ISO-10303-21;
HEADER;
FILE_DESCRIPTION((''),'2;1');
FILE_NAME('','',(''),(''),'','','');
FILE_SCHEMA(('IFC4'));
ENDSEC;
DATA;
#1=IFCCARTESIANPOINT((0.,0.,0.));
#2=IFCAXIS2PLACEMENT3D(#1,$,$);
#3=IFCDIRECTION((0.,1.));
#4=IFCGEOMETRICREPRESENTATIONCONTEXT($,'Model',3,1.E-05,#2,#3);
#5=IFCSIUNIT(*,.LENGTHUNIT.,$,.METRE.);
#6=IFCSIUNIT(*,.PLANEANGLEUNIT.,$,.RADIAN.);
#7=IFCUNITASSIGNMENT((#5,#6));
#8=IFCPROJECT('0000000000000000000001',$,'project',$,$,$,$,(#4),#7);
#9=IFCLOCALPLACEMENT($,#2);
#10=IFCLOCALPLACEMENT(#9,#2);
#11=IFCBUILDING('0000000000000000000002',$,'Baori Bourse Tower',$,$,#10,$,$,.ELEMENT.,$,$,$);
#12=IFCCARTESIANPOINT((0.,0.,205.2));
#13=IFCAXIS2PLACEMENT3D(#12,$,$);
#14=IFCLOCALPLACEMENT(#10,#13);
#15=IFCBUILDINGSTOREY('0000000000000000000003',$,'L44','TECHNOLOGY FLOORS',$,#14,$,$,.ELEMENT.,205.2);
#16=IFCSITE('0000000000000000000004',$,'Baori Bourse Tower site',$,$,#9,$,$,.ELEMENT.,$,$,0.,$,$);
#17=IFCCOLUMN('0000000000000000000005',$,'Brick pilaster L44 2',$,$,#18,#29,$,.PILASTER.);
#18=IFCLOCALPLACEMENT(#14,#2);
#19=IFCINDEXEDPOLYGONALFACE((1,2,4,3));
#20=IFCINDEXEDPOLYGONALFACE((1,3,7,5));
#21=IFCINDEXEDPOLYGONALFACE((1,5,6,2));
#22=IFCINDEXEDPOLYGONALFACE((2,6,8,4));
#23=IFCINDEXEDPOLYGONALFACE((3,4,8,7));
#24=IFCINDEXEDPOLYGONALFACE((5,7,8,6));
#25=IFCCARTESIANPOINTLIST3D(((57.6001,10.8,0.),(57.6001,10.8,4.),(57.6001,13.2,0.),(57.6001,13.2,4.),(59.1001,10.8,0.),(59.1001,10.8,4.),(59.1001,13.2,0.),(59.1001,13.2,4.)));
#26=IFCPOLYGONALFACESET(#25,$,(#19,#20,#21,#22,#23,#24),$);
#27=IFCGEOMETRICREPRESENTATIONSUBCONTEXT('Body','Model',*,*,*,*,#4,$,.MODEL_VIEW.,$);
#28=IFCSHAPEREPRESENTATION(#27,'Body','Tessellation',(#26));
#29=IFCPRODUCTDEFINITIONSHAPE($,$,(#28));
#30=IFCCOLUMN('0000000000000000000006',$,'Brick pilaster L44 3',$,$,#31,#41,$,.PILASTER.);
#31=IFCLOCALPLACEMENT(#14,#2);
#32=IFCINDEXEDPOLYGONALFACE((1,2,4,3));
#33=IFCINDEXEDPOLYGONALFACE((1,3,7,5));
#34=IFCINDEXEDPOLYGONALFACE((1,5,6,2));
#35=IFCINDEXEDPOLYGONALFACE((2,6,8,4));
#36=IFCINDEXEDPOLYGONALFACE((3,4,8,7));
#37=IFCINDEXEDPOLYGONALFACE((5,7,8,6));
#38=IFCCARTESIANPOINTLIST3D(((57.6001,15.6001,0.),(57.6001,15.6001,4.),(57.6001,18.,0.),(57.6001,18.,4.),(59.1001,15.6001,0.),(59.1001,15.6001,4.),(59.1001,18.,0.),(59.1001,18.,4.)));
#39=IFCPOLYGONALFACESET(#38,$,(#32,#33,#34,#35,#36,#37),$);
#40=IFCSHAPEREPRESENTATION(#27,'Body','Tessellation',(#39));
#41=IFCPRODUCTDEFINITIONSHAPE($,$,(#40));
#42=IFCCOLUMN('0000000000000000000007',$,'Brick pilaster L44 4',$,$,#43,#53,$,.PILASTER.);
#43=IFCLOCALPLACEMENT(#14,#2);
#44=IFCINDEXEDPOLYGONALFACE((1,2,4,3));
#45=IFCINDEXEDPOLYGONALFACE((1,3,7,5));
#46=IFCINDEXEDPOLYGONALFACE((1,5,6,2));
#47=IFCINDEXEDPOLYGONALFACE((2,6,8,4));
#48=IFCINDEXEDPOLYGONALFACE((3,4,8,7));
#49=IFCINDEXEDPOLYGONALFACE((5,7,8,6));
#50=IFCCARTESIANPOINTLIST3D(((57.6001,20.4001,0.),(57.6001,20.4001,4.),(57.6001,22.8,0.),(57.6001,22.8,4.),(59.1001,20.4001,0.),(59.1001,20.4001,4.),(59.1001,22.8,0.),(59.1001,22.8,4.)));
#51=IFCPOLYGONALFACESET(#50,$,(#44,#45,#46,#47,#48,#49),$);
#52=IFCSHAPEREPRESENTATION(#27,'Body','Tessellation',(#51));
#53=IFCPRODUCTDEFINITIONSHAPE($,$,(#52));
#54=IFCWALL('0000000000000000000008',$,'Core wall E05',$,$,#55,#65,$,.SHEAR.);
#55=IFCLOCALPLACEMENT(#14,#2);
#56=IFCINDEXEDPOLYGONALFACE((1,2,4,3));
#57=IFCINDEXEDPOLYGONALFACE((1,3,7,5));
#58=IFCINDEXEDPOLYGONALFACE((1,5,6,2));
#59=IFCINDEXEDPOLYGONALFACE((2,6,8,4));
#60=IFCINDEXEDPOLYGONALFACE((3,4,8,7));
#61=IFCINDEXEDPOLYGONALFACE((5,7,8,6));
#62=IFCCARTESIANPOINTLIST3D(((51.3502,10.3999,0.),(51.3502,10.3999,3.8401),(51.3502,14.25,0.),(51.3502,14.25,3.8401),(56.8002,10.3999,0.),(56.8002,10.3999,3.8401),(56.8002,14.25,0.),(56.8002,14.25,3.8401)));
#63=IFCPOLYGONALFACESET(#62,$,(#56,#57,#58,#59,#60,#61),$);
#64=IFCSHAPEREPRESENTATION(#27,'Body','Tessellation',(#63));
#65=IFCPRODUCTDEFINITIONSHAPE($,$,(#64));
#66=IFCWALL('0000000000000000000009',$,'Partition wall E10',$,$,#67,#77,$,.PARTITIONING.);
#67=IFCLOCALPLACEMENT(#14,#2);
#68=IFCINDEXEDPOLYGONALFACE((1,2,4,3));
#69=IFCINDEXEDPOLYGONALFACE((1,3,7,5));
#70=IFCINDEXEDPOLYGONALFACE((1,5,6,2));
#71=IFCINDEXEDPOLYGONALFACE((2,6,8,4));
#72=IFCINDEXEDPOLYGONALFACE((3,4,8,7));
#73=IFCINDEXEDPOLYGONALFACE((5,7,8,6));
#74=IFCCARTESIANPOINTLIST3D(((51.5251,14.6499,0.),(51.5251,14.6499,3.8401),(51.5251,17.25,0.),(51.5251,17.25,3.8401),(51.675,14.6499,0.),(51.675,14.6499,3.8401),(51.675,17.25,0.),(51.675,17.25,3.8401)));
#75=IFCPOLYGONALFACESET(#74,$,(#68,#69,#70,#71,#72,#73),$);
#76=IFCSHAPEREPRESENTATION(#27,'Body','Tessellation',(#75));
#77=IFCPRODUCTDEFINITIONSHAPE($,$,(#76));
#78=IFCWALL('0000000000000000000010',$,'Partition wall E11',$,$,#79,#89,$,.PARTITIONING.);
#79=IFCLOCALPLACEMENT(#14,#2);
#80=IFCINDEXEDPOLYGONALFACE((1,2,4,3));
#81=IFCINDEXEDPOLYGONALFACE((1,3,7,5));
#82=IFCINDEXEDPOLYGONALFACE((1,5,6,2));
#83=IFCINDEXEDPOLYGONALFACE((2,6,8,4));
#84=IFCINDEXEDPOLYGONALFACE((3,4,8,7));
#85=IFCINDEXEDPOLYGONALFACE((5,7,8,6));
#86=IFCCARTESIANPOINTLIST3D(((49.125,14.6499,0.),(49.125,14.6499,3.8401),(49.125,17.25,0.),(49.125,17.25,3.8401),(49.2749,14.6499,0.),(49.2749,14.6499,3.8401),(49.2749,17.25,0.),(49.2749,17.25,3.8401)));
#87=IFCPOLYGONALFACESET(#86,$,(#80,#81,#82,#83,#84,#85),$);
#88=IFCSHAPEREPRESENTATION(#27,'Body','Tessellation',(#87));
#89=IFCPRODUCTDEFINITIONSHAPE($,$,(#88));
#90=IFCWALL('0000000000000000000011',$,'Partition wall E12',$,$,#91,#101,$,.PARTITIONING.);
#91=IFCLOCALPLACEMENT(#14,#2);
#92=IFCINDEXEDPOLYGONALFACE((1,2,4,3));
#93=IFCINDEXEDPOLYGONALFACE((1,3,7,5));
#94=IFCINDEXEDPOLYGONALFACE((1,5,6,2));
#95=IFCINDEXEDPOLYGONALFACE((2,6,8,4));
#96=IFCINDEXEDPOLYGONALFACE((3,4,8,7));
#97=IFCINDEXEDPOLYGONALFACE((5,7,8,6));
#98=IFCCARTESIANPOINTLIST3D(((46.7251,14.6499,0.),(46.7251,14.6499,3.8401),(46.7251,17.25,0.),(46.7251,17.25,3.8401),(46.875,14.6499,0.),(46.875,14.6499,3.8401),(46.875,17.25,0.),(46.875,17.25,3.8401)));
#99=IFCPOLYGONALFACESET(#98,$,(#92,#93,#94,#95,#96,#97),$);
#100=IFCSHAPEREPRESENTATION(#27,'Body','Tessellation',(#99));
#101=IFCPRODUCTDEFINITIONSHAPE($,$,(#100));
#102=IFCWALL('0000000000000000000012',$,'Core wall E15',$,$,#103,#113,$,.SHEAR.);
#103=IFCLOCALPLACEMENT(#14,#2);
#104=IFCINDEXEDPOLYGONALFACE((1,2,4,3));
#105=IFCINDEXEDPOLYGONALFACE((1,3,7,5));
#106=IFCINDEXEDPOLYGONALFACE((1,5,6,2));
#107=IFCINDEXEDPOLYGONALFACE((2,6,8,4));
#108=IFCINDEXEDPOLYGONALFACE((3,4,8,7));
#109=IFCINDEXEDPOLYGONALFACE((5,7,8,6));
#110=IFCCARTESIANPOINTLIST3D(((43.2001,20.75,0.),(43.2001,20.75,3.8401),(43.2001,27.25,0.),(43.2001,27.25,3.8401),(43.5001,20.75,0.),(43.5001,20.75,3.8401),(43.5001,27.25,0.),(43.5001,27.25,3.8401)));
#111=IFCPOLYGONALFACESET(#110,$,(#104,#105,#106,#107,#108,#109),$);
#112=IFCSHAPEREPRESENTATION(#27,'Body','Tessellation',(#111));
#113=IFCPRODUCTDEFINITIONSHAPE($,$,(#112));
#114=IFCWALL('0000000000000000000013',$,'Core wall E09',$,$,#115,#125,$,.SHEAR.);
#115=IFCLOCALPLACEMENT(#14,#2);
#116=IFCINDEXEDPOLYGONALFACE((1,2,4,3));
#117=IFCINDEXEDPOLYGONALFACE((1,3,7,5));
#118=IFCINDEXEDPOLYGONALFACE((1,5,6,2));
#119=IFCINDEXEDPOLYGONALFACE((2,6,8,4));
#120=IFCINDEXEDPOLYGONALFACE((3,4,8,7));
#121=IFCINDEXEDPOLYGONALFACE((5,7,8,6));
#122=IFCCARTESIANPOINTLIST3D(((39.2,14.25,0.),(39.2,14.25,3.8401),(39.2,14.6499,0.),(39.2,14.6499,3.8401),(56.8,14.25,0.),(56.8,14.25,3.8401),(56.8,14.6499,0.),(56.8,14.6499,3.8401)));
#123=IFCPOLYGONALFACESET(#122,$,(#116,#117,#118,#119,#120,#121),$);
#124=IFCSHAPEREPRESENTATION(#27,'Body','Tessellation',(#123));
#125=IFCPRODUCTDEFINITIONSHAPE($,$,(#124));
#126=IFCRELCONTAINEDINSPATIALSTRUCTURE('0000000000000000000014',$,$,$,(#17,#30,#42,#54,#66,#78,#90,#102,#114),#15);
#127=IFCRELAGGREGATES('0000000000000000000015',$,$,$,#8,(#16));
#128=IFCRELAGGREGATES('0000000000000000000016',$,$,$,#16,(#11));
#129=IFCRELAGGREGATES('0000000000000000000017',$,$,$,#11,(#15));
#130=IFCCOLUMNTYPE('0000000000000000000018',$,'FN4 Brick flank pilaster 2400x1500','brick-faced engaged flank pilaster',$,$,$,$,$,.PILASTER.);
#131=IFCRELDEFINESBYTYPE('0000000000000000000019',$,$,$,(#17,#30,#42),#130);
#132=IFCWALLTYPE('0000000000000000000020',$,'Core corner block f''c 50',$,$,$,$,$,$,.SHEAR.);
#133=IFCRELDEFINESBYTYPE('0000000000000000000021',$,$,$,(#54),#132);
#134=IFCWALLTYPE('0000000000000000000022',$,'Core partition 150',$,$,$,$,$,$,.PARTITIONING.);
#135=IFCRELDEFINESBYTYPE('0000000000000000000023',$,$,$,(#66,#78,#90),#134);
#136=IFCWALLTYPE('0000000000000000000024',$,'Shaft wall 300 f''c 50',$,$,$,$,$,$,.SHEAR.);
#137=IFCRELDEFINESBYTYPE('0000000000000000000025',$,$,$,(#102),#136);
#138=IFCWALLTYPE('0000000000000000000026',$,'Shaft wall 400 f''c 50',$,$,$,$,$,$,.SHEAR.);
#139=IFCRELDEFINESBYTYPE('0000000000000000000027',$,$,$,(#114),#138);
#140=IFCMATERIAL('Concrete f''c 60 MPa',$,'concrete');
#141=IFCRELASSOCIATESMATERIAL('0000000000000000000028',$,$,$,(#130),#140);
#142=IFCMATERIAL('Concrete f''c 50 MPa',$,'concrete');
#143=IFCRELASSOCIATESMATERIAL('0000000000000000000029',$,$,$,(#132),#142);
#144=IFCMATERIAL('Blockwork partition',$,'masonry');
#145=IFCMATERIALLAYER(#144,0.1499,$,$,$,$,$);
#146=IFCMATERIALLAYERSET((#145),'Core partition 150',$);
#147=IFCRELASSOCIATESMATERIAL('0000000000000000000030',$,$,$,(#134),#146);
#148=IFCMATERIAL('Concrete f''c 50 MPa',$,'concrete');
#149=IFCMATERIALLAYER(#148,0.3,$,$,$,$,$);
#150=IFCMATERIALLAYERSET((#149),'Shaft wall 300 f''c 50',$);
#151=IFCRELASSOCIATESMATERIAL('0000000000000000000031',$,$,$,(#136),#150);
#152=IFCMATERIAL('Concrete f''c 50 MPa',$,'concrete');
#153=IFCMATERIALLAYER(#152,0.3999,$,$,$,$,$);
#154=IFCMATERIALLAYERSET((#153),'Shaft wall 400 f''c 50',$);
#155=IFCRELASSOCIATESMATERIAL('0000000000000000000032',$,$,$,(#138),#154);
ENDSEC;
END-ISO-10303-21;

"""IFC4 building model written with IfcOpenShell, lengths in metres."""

from ifc_helpers import new_model, si_unit, direction, frame, frame_2d, origin, origin_2d, place, context, subcontext, project, spatial, rectangle, extrude, material, layer, layer_set, material_profile, profile_set, type_object, element, save


model = new_model("IFC4")

# Units and contexts
model_context = context("Model", 3, precision=1e-05, world=origin(), true_north=direction((0.0, 1.0)))
body_context = subcontext(model_context, "Body", "Model", "MODEL_VIEW")
ifc_project = project(units=[si_unit("LENGTHUNIT", "METRE"), si_unit("PLANEANGLEUNIT", "RADIAN")], contexts=[model_context])

# Site, building, storey
site_placement = place(None, origin())
site = spatial("IfcSite", under=ifc_project, at=site_placement, Name="Baori Bourse Tower site", CompositionType="ELEMENT", RefElevation=0.0)
building_placement = place(site_placement, origin())
building = spatial("IfcBuilding", under=site, at=building_placement, Name="Baori Bourse Tower", CompositionType="ELEMENT")
storey_placement = place(building_placement, frame((0.0, 0.0, 205.2)))
storey = spatial("IfcBuildingStorey", under=building, at=storey_placement, Name="L44", Description="TECHNOLOGY FLOORS", CompositionType="ELEMENT", Elevation=205.2)

# Columns
ifc_material_1 = material(Name="Concrete f'c 60 MPa", Category="concrete")
ifc_material_profile = material_profile(ifc_material_1, rectangle(XDim=2.3999, YDim=1.5, at=origin_2d()), Name="RC 2400x1500")
ifc_profile_set = profile_set([ifc_material_profile], Name="Concrete f'c 60 MPa")
column_type = type_object("IfcColumnType", Name="FN4 Brick flank pilaster 2400x1500", Description="brick-faced engaged flank pilaster", PredefinedType="PILASTER", material=ifc_profile_set)
for number, where, z_axis, x_axis, name in (
    (1, (58.3501, 12.0, 0.0), (0.0, 0.0, 1.0), (0.0, 1.0, 0.0), "Brick pilaster L44 2"),
    (2, (58.3501, 16.8, 0.0), (0.0, 0.0, 1.0), (0.0, 1.0, 0.0), "Brick pilaster L44 3"),
    (3, (58.3501, 21.6001, 0.0), (0.0, 0.0, 1.0), (0.0, 1.0, 0.0), "Brick pilaster L44 4"),
):
    element("IfcColumn", number, at=place(storey_placement, frame(where, z_axis=z_axis, x_axis=x_axis)), inside=storey, type_object=column_type, Name=name, PredefinedType="PILASTER", context=body_context, shape_type="SweptSolid", body=[
        extrude(rectangle(XDim=2.3999, YDim=1.5, at=origin_2d()), origin(), (0.0, 0.0, 1.0), 4.0),
    ])

# Walls
ifc_material_2 = material(Name="Concrete f'c 50 MPa", Category="concrete")
wall_type_1 = type_object("IfcWallType", Name="Core corner block f'c 50", PredefinedType="SHEAR", material=ifc_material_2)
wall_1_placement = place(storey_placement, frame((51.3501, 12.325, 0.0), z_axis=(0.0, 0.0, 1.0), x_axis=(1.0, 0.0, 0.0)))
element("IfcWall", 4, at=wall_1_placement, inside=storey, type_object=wall_type_1, Name="Core wall E05", PredefinedType="SHEAR", context=body_context, shape_type="SweptSolid", body=[
    extrude(rectangle(XDim=5.45, YDim=3.8501, at=frame_2d((2.7251, 0.0))), origin(), (0.0, 0.0, 1.0), 3.8401),
])
ifc_material_3 = material(Name="Blockwork partition", Category="masonry")
ifc_layer_1 = layer(ifc_material_3, 0.1499)
ifc_layer_set_1 = layer_set([ifc_layer_1], Name="Core partition 150")
wall_type_2 = type_object("IfcWallType", Name="Core partition 150", PredefinedType="PARTITIONING", material=ifc_layer_set_1)
for number, where, z_axis, x_axis, name in (
    (5, (51.6001, 14.6499, 0.0), (0.0, 0.0, 1.0), (0.0, 1.0, 0.0), "Partition wall E10"),
    (6, (49.2, 14.6499, 0.0), (0.0, 0.0, 1.0), (0.0, 1.0, 0.0), "Partition wall E11"),
    (7, (46.8, 14.6499, 0.0), (0.0, 0.0, 1.0), (0.0, 1.0, 0.0), "Partition wall E12"),
):
    element("IfcWall", number, at=place(storey_placement, frame(where, z_axis=z_axis, x_axis=x_axis)), inside=storey, type_object=wall_type_2, Name=name, PredefinedType="PARTITIONING", context=body_context, shape_type="SweptSolid", body=[
        extrude(rectangle(XDim=2.6001, YDim=0.1499, at=frame_2d((1.3, 0.0))), origin(), (0.0, 0.0, 1.0), 3.8401),
    ])
ifc_material_4 = material(Name="Concrete f'c 50 MPa", Category="concrete")
ifc_layer_2 = layer(ifc_material_4, 0.3)
ifc_layer_set_2 = layer_set([ifc_layer_2], Name="Shaft wall 300 f'c 50")
wall_type_3 = type_object("IfcWallType", Name="Shaft wall 300 f'c 50", PredefinedType="SHEAR", material=ifc_layer_set_2)
wall_2_placement = place(storey_placement, frame((43.3501, 20.75, 0.0), z_axis=(0.0, 0.0, 1.0), x_axis=(0.0, 1.0, 0.0)))
element("IfcWall", 8, at=wall_2_placement, inside=storey, type_object=wall_type_3, Name="Core wall E15", PredefinedType="SHEAR", context=body_context, shape_type="SweptSolid", body=[
    extrude(rectangle(XDim=6.5, YDim=0.3, at=frame_2d((3.25, 0.0))), origin(), (0.0, 0.0, 1.0), 3.8401),
])
ifc_material_5 = material(Name="Concrete f'c 50 MPa", Category="concrete")
ifc_layer_3 = layer(ifc_material_5, 0.3999)
ifc_layer_set_3 = layer_set([ifc_layer_3], Name="Shaft wall 400 f'c 50")
wall_type_4 = type_object("IfcWallType", Name="Shaft wall 400 f'c 50", PredefinedType="SHEAR", material=ifc_layer_set_3)
wall_3_placement = place(storey_placement, frame((39.2, 14.45, 0.0), z_axis=(0.0, 0.0, 1.0), x_axis=(1.0, 0.0, 0.0)))
element("IfcWall", 9, at=wall_3_placement, inside=storey, type_object=wall_type_4, Name="Core wall E09", PredefinedType="SHEAR", context=body_context, shape_type="SweptSolid", body=[
    extrude(rectangle(XDim=17.6001, YDim=0.3999, at=frame_2d((8.8, 0.0))), origin(), (0.0, 0.0, 1.0), 3.8401),
])

save(model, "model.ifc")
